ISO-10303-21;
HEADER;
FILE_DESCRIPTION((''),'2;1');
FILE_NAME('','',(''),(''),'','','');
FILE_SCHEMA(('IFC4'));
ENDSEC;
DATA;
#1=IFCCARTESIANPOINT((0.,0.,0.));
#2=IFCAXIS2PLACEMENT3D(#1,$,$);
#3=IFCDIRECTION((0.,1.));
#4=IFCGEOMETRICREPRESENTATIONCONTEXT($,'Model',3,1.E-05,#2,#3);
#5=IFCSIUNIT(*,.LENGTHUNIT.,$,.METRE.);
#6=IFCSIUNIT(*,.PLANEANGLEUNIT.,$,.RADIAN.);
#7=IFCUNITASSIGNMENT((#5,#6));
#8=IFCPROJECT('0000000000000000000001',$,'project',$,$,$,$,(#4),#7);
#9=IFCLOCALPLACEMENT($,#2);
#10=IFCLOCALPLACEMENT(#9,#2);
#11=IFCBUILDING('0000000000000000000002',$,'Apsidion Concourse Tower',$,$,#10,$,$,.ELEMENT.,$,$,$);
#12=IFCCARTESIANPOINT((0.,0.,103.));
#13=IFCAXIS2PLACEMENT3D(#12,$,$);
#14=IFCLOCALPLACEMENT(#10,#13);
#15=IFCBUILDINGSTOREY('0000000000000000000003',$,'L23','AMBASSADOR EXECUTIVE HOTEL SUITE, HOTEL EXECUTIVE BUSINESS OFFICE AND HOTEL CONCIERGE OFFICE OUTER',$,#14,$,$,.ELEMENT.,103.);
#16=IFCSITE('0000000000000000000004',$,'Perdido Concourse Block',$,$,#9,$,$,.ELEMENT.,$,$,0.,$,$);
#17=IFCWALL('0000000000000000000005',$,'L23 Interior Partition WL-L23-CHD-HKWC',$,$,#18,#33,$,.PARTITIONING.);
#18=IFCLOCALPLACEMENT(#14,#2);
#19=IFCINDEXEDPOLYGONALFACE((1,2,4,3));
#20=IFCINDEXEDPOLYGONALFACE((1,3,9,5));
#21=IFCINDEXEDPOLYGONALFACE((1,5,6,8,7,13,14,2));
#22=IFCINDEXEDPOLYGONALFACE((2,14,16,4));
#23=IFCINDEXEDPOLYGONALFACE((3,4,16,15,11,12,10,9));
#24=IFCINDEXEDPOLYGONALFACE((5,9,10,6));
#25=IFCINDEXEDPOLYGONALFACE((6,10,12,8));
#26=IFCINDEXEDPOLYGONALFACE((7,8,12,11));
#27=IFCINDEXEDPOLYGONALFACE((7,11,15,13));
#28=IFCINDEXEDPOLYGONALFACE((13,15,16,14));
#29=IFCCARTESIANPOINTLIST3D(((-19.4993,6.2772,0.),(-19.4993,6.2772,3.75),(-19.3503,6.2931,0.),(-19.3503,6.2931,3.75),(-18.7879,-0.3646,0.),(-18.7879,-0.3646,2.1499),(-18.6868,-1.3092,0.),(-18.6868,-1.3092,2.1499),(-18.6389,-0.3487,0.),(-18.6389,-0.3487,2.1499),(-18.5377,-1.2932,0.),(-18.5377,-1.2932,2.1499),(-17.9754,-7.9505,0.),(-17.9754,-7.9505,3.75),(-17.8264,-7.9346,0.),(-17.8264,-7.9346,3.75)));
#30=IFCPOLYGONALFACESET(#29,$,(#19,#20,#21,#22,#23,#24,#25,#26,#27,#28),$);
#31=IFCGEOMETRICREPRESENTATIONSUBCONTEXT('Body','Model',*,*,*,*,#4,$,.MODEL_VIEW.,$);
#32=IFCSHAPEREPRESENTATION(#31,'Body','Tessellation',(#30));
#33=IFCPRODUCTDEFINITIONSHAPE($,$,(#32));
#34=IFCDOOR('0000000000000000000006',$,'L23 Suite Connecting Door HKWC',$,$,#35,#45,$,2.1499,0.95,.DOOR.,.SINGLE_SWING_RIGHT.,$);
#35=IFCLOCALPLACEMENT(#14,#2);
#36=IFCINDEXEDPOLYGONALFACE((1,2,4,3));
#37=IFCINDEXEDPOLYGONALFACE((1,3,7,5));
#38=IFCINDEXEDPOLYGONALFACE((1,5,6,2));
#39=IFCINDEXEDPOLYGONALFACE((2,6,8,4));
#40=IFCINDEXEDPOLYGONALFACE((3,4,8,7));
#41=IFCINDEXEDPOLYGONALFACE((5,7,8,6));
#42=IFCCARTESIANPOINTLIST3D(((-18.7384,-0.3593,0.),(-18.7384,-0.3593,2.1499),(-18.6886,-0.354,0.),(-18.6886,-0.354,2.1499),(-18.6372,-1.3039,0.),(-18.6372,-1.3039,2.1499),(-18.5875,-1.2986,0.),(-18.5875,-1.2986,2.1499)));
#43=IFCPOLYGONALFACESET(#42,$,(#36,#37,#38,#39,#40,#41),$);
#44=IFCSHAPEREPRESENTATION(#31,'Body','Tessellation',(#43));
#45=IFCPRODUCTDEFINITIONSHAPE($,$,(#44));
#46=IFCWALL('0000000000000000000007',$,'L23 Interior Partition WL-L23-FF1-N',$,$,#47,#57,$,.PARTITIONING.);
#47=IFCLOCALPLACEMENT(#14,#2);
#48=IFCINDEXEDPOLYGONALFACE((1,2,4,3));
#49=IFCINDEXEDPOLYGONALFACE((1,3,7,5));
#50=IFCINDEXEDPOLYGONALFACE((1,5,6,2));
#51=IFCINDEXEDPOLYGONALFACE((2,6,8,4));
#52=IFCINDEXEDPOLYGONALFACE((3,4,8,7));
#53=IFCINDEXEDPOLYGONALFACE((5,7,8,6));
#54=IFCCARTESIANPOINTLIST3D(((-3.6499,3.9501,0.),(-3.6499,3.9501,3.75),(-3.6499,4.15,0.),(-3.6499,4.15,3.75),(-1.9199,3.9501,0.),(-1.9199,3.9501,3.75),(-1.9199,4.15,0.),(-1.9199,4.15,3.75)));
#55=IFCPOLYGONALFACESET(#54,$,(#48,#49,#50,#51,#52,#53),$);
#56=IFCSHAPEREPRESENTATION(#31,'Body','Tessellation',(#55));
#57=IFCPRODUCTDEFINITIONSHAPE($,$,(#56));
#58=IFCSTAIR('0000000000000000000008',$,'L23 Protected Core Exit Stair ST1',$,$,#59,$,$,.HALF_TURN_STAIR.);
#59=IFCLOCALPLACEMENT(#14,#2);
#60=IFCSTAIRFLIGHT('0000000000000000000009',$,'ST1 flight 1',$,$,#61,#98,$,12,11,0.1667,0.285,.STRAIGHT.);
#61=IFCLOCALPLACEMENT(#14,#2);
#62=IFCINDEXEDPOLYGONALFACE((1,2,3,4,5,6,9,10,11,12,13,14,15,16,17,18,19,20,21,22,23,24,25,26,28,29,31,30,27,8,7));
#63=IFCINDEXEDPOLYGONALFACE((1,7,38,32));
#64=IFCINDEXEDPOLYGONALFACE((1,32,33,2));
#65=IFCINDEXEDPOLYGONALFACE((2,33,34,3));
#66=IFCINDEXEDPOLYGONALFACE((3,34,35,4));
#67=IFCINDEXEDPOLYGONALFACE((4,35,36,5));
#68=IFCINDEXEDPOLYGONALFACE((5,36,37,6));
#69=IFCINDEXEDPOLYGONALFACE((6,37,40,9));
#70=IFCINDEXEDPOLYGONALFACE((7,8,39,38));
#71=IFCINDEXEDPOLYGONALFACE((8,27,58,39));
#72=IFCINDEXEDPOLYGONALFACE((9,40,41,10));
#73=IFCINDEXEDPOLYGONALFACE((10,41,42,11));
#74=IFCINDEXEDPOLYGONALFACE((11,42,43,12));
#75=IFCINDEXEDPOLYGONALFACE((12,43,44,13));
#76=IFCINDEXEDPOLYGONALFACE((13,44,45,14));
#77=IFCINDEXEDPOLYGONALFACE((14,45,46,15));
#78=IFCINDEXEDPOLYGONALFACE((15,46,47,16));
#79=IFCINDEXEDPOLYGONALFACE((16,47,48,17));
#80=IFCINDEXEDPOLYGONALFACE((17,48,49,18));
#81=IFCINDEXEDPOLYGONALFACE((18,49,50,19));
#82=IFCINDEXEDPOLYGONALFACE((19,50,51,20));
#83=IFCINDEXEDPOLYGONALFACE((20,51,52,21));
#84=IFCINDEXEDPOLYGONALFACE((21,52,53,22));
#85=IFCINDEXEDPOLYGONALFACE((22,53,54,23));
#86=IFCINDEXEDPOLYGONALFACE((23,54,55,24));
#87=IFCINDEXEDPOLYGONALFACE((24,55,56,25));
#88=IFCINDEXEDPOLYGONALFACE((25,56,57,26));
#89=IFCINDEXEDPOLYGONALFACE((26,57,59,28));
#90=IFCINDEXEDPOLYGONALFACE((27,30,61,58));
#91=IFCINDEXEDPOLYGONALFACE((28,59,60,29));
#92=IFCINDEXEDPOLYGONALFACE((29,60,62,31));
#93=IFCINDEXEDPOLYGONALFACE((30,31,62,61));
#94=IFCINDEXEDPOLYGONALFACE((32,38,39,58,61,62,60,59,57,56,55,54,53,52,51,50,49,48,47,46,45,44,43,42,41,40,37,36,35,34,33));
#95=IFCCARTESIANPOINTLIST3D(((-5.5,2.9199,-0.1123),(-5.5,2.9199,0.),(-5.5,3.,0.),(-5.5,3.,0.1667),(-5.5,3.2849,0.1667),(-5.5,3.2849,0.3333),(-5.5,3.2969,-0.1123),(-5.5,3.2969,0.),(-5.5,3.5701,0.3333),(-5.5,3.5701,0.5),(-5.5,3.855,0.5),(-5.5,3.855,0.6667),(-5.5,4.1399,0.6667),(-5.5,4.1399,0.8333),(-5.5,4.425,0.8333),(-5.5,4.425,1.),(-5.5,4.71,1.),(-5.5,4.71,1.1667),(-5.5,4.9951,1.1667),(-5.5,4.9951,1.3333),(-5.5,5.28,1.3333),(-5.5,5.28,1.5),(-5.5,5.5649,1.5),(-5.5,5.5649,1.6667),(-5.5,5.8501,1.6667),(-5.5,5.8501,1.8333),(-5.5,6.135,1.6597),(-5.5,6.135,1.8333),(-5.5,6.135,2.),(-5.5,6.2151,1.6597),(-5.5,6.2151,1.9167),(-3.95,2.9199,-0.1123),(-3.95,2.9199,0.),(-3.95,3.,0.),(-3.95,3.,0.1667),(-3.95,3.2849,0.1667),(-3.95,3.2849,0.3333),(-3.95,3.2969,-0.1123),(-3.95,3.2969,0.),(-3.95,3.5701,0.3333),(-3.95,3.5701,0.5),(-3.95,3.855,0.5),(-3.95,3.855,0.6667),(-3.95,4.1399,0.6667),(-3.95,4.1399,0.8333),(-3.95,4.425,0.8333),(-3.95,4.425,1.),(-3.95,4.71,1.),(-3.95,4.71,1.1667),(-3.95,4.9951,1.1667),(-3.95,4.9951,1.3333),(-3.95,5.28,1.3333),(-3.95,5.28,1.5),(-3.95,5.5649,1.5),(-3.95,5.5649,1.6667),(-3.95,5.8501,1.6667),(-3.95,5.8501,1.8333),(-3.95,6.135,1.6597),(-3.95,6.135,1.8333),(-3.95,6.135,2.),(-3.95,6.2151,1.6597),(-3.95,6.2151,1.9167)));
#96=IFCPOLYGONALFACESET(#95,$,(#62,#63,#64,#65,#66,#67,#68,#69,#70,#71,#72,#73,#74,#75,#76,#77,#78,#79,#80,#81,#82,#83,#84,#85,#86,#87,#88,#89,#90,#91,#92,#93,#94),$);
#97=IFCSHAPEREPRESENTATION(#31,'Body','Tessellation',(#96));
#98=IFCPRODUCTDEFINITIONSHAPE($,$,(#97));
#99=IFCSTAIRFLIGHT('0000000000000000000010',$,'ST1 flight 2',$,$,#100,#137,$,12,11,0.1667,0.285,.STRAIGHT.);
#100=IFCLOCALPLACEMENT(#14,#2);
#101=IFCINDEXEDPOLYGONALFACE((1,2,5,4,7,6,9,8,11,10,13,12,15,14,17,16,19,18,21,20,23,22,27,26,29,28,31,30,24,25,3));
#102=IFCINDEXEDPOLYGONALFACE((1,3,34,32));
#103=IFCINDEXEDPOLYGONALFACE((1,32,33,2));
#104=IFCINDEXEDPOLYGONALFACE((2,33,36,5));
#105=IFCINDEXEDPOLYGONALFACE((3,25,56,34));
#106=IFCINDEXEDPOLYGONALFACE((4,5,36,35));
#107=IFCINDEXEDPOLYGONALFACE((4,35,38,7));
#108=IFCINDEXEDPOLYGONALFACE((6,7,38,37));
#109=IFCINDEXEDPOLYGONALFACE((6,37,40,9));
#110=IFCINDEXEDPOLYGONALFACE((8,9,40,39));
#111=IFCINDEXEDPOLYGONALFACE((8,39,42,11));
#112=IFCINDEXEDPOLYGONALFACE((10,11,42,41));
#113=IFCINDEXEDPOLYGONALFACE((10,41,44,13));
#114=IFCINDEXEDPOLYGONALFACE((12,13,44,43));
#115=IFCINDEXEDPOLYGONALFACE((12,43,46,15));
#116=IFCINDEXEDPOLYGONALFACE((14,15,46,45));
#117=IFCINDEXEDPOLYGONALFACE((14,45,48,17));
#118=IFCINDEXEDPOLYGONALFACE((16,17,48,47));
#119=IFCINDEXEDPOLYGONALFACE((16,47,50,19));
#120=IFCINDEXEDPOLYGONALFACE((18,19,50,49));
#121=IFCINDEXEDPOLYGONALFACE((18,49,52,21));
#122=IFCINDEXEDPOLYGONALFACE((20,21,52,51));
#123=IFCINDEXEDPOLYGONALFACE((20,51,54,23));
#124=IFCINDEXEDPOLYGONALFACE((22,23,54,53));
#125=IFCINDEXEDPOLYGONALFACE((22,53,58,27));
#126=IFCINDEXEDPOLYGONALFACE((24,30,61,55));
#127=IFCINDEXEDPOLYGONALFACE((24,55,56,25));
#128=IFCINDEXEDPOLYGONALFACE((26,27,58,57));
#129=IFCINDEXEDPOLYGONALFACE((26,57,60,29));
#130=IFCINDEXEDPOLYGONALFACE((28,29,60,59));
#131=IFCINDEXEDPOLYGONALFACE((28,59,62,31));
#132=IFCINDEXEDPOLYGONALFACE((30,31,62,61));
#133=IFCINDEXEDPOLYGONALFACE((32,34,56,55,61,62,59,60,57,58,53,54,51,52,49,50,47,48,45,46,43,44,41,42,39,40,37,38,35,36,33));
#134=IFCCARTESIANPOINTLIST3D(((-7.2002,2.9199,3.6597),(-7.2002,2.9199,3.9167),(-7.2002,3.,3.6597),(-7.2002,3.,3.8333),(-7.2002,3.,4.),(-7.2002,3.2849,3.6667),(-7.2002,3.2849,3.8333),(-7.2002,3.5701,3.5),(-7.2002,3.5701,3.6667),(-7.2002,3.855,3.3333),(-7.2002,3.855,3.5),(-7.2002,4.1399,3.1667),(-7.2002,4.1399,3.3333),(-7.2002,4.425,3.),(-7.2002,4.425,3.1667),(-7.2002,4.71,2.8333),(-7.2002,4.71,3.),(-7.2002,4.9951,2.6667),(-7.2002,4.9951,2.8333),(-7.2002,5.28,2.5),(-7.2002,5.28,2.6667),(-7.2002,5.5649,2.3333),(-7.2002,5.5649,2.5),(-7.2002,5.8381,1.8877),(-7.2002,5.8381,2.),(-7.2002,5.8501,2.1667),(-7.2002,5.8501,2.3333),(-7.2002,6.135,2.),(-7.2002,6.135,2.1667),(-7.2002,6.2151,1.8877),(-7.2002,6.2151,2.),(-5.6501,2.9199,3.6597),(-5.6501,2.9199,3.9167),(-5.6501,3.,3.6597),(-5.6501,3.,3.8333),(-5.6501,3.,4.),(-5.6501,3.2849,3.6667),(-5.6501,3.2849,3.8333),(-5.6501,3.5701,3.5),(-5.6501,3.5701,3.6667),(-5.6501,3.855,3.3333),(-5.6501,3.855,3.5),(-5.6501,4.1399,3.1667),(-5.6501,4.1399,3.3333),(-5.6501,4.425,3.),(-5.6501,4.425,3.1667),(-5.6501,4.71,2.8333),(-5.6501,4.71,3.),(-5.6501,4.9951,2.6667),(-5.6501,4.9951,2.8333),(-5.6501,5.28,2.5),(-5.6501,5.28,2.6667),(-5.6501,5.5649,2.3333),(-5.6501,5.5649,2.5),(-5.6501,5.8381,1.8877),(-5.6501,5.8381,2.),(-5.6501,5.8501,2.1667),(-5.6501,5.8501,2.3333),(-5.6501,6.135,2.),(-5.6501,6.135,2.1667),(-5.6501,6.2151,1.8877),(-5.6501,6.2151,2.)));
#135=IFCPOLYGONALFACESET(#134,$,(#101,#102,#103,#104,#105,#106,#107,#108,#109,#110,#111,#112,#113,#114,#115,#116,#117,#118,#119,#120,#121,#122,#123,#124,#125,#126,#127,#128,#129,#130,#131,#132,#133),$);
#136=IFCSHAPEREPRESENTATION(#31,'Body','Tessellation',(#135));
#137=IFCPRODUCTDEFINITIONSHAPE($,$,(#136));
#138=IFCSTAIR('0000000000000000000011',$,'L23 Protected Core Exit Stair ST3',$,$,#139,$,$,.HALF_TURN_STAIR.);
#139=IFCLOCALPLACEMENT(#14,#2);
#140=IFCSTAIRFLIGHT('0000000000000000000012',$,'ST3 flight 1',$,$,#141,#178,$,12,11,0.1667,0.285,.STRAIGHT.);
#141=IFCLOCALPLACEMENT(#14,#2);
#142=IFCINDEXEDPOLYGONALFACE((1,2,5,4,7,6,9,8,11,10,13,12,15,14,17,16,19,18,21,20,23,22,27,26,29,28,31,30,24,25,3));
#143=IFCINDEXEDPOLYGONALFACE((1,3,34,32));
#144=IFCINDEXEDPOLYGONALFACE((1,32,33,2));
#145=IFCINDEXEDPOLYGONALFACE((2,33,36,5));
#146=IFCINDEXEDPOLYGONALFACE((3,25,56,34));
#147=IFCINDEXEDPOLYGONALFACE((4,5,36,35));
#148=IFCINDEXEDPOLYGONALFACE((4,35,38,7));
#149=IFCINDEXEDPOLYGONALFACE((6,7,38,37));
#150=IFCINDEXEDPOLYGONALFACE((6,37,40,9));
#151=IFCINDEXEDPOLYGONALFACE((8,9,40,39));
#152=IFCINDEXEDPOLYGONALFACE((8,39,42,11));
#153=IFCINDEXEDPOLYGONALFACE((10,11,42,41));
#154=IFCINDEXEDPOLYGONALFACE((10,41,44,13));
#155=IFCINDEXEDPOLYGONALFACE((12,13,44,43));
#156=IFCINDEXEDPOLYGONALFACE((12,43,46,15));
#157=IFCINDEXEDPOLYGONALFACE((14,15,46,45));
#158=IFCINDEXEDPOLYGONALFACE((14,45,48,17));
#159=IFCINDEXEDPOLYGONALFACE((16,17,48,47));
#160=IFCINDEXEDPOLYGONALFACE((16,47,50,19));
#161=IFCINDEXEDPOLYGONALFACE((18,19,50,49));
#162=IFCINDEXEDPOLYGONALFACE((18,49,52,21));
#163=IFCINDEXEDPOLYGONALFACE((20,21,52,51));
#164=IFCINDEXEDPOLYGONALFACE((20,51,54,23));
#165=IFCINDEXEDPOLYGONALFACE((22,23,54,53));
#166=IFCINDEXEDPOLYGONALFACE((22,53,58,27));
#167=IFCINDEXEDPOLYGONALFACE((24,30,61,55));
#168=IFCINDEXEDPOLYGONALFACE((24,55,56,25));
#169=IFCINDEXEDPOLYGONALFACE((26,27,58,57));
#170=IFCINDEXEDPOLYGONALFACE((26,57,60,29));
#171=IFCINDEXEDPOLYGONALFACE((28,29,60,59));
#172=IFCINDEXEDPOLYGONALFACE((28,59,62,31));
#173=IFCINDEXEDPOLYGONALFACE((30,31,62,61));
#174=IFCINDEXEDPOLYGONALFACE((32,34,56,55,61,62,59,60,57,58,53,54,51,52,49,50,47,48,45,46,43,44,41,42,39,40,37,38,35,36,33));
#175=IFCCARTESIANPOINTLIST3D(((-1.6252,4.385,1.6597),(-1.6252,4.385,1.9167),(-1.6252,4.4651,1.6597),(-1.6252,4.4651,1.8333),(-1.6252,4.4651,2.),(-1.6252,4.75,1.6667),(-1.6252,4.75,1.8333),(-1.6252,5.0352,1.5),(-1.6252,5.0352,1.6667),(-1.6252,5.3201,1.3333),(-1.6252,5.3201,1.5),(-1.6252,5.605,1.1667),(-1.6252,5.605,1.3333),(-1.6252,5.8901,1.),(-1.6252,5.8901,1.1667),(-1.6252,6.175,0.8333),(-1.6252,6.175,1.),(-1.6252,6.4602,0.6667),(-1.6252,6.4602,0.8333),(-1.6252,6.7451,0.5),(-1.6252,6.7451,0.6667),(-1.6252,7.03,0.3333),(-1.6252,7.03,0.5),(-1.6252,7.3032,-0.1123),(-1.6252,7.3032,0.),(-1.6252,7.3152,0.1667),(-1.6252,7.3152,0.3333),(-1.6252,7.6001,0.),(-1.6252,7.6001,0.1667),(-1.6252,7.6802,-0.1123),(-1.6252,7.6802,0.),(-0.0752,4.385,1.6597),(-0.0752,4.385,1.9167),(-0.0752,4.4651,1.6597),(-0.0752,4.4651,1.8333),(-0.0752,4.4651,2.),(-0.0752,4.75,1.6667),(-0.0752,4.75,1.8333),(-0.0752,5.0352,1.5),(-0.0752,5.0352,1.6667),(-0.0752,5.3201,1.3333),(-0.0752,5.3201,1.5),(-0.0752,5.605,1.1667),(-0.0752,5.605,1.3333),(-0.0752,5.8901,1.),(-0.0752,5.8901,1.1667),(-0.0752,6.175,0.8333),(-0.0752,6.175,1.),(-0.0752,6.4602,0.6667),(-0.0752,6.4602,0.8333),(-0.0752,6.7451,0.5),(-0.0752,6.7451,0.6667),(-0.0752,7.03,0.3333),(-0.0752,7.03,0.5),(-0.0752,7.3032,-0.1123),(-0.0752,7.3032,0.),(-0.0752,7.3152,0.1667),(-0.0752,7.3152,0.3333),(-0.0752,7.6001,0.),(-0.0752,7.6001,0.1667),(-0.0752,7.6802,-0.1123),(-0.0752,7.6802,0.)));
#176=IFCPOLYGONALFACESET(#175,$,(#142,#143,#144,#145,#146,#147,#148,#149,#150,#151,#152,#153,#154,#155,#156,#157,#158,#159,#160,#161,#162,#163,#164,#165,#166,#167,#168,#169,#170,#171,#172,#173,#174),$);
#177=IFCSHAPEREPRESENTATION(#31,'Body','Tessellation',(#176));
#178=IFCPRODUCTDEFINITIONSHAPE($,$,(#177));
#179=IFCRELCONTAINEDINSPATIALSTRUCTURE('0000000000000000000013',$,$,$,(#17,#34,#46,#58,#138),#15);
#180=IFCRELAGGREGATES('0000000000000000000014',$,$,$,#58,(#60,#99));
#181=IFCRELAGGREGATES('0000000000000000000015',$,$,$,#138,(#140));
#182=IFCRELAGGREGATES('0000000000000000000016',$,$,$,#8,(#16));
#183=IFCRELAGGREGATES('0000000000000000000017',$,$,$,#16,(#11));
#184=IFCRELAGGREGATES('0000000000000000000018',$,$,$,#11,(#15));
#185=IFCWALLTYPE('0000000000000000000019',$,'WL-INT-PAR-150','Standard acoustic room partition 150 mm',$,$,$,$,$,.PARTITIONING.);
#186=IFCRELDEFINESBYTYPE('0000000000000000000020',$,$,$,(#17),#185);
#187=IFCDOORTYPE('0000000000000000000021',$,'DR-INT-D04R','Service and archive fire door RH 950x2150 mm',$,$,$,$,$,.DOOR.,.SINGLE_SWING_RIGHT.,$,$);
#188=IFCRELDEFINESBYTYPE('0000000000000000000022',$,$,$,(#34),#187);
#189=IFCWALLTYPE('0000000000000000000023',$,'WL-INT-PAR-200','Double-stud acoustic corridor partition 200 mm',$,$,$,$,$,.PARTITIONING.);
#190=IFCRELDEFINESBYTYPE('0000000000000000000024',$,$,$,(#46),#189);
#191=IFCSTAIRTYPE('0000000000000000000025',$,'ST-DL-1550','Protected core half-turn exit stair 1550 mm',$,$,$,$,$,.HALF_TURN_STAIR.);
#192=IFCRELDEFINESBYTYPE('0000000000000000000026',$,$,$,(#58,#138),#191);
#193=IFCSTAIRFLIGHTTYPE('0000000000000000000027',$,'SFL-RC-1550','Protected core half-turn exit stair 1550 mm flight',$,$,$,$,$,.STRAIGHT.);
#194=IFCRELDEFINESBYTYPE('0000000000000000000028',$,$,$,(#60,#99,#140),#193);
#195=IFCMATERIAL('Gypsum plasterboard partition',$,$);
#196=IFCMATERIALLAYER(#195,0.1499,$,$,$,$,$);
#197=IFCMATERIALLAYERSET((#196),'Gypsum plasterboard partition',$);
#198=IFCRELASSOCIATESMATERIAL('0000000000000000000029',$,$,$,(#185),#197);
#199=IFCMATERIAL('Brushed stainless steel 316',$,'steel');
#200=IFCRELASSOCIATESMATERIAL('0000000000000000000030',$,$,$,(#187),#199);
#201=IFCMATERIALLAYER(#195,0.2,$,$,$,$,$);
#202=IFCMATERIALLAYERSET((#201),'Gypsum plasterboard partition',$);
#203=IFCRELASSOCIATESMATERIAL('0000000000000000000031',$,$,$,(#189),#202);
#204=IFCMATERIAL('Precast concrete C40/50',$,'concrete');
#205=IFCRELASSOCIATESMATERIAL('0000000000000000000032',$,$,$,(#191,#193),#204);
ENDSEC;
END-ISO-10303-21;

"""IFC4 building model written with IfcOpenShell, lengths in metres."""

from ifc_helpers import new_model, si_unit, direction, frame, frame_2d, origin, place, context, subcontext, project, spatial, polyline, rectangle, outline, extrude, material, layer, layer_set, type_object, element, fill, aggregate, save


model = new_model("IFC4")

# Units and contexts
model_context = context("Model", 3, precision=1e-05, world=origin(), true_north=direction((0.0, 1.0)))
body_context = subcontext(model_context, "Body", "Model", "MODEL_VIEW")
ifc_project = project(units=[si_unit("LENGTHUNIT", "METRE"), si_unit("PLANEANGLEUNIT", "RADIAN")], contexts=[model_context])

# Site, building, storey
site_placement = place(None, origin())
site = spatial("IfcSite", under=ifc_project, at=site_placement, Name="Perdido Concourse Block", CompositionType="ELEMENT", RefElevation=0.0)
building_placement = place(site_placement, origin())
building = spatial("IfcBuilding", under=site, at=building_placement, Name="Apsidion Concourse Tower", CompositionType="ELEMENT")
storey_placement = place(building_placement, frame((0.0, 0.0, 103.0)))
storey = spatial("IfcBuildingStorey", under=building, at=storey_placement, Name="L23", Description="AMBASSADOR EXECUTIVE HOTEL SUITE, HOTEL EXECUTIVE BUSINESS OFFICE AND HOTEL CONCIERGE OFFICE OUTER", CompositionType="ELEMENT", Elevation=103.0)

# Shared definitions
ifc_material_1 = material(Name="Gypsum plasterboard partition")
ifc_layer_1 = layer(ifc_material_1, 0.1499)
ifc_layer_set_1 = layer_set([ifc_layer_1], Name="Gypsum plasterboard partition")
wall_type_1 = type_object("IfcWallType", Name="WL-INT-PAR-150", Description="Standard acoustic room partition 150 mm", PredefinedType="PARTITIONING", material=ifc_layer_set_1)

# Wall, opening, door
wall_1_placement = place(storey_placement, frame((-19.4248, 6.2852, 0.0), z_axis=(0.0, 0.0, 1.0), x_axis=(0.1065, -0.994313, 0.0)))
wall_1 = element("IfcWall", 1, at=wall_1_placement, inside=storey, type_object=wall_type_1, Name="L23 Interior Partition WL-L23-CHD-HKWC", PredefinedType="PARTITIONING", context=body_context, shape_type="SweptSolid", body=[
    extrude(rectangle(XDim=14.3091, YDim=0.1499, at=frame_2d((7.1545, 0.0))), origin(), (0.0, 0.0, 1.0), 3.75),
])
opening_1_placement = place(wall_1_placement, frame((6.6797, 0.0, 0.0)))
opening_1 = element("IfcOpeningElement", 2, at=opening_1_placement, cuts=wall_1, PredefinedType="OPENING", context=body_context, shape_type="SweptSolid", body=[
    extrude(rectangle(XDim=0.95, YDim=2.1499, at=frame_2d((0.4751, 1.075))), frame((0.0, 0.085, 0.0), z_axis=(0.0, -1.0, 0.0), x_axis=(1.0, 0.0, 0.0)), (0.0, 0.0, 1.0), 0.1699),
])
ifc_material_2 = material(Name="Brushed stainless steel 316", Category="steel")
door_type_1 = type_object("IfcDoorType", Name="DR-INT-D04R", Description="Service and archive fire door RH 950x2150 mm", OperationType="SINGLE_SWING_RIGHT", PredefinedType="DOOR", material=ifc_material_2)
door_1_placement = place(opening_1_placement, origin())
door_1 = element("IfcDoor", 3, at=door_1_placement, inside=storey, type_object=door_type_1, Name="L23 Suite Connecting Door HKWC", OperationType="SINGLE_SWING_RIGHT", OverallHeight=2.1499, OverallWidth=0.95, PredefinedType="DOOR", context=body_context, shape_type="SweptSolid", body=[
    extrude(rectangle(XDim=0.95, YDim=2.1499, at=frame_2d((0.4751, 1.075))), frame((0.0, 0.0249, 0.0), z_axis=(0.0, -1.0, 0.0), x_axis=(1.0, 0.0, 0.0)), (0.0, 0.0, 1.0), 0.05),
])
fill(opening_1, door_1)

# Wall
ifc_layer_2 = layer(ifc_material_1, 0.2)
ifc_layer_set_2 = layer_set([ifc_layer_2], Name="Gypsum plasterboard partition")
wall_type_2 = type_object("IfcWallType", Name="WL-INT-PAR-200", Description="Double-stud acoustic corridor partition 200 mm", PredefinedType="PARTITIONING", material=ifc_layer_set_2)
wall_2_placement = place(storey_placement, frame((-3.6499, 4.05, 0.0), z_axis=(0.0, 0.0, 1.0), x_axis=(1.0, 0.0, 0.0)))
element("IfcWall", 4, at=wall_2_placement, inside=storey, type_object=wall_type_2, Name="L23 Interior Partition WL-L23-FF1-N", PredefinedType="PARTITIONING", context=body_context, shape_type="SweptSolid", body=[
    extrude(rectangle(XDim=1.73, YDim=0.2, at=frame_2d((0.865, 0.0))), origin(), (0.0, 0.0, 1.0), 3.75),
])

# Stair, stair flights
ifc_material_3 = material(Name="Precast concrete C40/50", Category="concrete")
stair_type = type_object("IfcStairType", Name="ST-DL-1550", Description="Protected core half-turn exit stair 1550 mm", PredefinedType="HALF_TURN_STAIR", material=ifc_material_3)
stair_1_placement = place(storey_placement, origin())
stair_1 = element("IfcStair", 5, at=stair_1_placement, inside=storey, type_object=stair_type, Name="L23 Protected Core Exit Stair ST1", PredefinedType="HALF_TURN_STAIR")
stair_flight_type = type_object("IfcStairFlightType", Name="SFL-RC-1550", Description="Protected core half-turn exit stair 1550 mm flight", PredefinedType="STRAIGHT", material=ifc_material_3)
stair_flight_1_placement = place(storey_placement, frame((-4.7251, 3.0, 0.0), z_axis=(0.0, 0.0, 1.0), x_axis=(0.0, 1.0, 0.0)))
stair_flight_1 = element("IfcStairFlight", 6, at=stair_flight_1_placement, type_object=stair_flight_type, Name="ST1 flight 1", NumberOfRisers=12, NumberOfTreads=11, PredefinedType="STRAIGHT", RiserHeight=0.1667, TreadLength=0.285, context=body_context, shape_type="SweptSolid", body=[
    extrude(outline(polyline([(-0.0801, -0.1123), (-0.0801, 0.0), (0.0, 0.0), (0.0, 0.1667), (0.2849, 0.1667), (0.2849, 0.3333), (0.5701, 0.3333), (0.5701, 0.5), (0.855, 0.5), (0.855, 0.6667), (1.1399, 0.6667), (1.1399, 0.8333), (1.425, 0.8333), (1.425, 1.0), (1.71, 1.0), (1.71, 1.1667), (1.9951, 1.1667), (1.9951, 1.3333), (2.28, 1.3333), (2.28, 1.5), (2.5649, 1.5), (2.5649, 1.6667), (2.8501, 1.6667), (2.8501, 1.8333), (3.135, 1.8333), (3.135, 2.0), (3.2151, 1.9167), (3.2151, 1.6597), (3.135, 1.6597), (0.2969, 0.0), (0.2969, -0.1123), (-0.0801, -0.1123)])), frame((0.0, 0.7749, 0.0), z_axis=(0.0, -1.0, 0.0), x_axis=(1.0, 0.0, 0.0)), (0.0, 0.0, 1.0), 1.55),
])
stair_flight_2_placement = place(storey_placement, frame((-6.425, 6.135, 2.0), z_axis=(0.0, 0.0, 1.0), x_axis=(0.0, -1.0, 0.0)))
stair_flight_2 = element("IfcStairFlight", 7, at=stair_flight_2_placement, type_object=stair_flight_type, Name="ST1 flight 2", NumberOfRisers=12, NumberOfTreads=11, PredefinedType="STRAIGHT", RiserHeight=0.1667, TreadLength=0.285, context=body_context, shape_type="SweptSolid", body=[
    extrude(outline(polyline([(-0.0801, -0.1123), (-0.0801, 0.0), (0.0, 0.0), (0.0, 0.1667), (0.2849, 0.1667), (0.2849, 0.3333), (0.5701, 0.3333), (0.5701, 0.5), (0.855, 0.5), (0.855, 0.6667), (1.1399, 0.6667), (1.1399, 0.8333), (1.425, 0.8333), (1.425, 1.0), (1.71, 1.0), (1.71, 1.1667), (1.9951, 1.1667), (1.9951, 1.3333), (2.28, 1.3333), (2.28, 1.5), (2.5649, 1.5), (2.5649, 1.6667), (2.8501, 1.6667), (2.8501, 1.8333), (3.135, 1.8333), (3.135, 2.0), (3.2151, 1.9167), (3.2151, 1.6597), (3.135, 1.6597), (0.2969, 0.0), (0.2969, -0.1123), (-0.0801, -0.1123)])), frame((0.0, 0.7749, 0.0), z_axis=(0.0, -1.0, 0.0), x_axis=(1.0, 0.0, 0.0)), (0.0, 0.0, 1.0), 1.55),
])
aggregate(stair_1, [stair_flight_1, stair_flight_2])

# Stair, stair flight
stair_2_placement = place(storey_placement, origin())
stair_2 = element("IfcStair", 8, at=stair_2_placement, inside=storey, type_object=stair_type, Name="L23 Protected Core Exit Stair ST3", PredefinedType="HALF_TURN_STAIR")
stair_flight_3_placement = place(storey_placement, frame((-0.8501, 7.6001, 0.0), z_axis=(0.0, 0.0, 1.0), x_axis=(0.0, -1.0, 0.0)))
stair_flight_3 = element("IfcStairFlight", 9, at=stair_flight_3_placement, type_object=stair_flight_type, Name="ST3 flight 1", NumberOfRisers=12, NumberOfTreads=11, PredefinedType="STRAIGHT", RiserHeight=0.1667, TreadLength=0.285, context=body_context, shape_type="SweptSolid", body=[
    extrude(outline(polyline([(-0.0801, -0.1123), (-0.0801, 0.0), (0.0, 0.0), (0.0, 0.1667), (0.2849, 0.1667), (0.2849, 0.3333), (0.5701, 0.3333), (0.5701, 0.5), (0.855, 0.5), (0.855, 0.6667), (1.1399, 0.6667), (1.1399, 0.8333), (1.425, 0.8333), (1.425, 1.0), (1.71, 1.0), (1.71, 1.1667), (1.9951, 1.1667), (1.9951, 1.3333), (2.28, 1.3333), (2.28, 1.5), (2.5649, 1.5), (2.5649, 1.6667), (2.8501, 1.6667), (2.8501, 1.8333), (3.135, 1.8333), (3.135, 2.0), (3.2151, 1.9167), (3.2151, 1.6597), (3.135, 1.6597), (0.2969, 0.0), (0.2969, -0.1123), (-0.0801, -0.1123)])), frame((0.0, 0.7749, 0.0), z_axis=(0.0, -1.0, 0.0), x_axis=(1.0, 0.0, 0.0)), (0.0, 0.0, 1.0), 1.55),
])
aggregate(stair_2, [stair_flight_3])

save(model, "model.ifc")
